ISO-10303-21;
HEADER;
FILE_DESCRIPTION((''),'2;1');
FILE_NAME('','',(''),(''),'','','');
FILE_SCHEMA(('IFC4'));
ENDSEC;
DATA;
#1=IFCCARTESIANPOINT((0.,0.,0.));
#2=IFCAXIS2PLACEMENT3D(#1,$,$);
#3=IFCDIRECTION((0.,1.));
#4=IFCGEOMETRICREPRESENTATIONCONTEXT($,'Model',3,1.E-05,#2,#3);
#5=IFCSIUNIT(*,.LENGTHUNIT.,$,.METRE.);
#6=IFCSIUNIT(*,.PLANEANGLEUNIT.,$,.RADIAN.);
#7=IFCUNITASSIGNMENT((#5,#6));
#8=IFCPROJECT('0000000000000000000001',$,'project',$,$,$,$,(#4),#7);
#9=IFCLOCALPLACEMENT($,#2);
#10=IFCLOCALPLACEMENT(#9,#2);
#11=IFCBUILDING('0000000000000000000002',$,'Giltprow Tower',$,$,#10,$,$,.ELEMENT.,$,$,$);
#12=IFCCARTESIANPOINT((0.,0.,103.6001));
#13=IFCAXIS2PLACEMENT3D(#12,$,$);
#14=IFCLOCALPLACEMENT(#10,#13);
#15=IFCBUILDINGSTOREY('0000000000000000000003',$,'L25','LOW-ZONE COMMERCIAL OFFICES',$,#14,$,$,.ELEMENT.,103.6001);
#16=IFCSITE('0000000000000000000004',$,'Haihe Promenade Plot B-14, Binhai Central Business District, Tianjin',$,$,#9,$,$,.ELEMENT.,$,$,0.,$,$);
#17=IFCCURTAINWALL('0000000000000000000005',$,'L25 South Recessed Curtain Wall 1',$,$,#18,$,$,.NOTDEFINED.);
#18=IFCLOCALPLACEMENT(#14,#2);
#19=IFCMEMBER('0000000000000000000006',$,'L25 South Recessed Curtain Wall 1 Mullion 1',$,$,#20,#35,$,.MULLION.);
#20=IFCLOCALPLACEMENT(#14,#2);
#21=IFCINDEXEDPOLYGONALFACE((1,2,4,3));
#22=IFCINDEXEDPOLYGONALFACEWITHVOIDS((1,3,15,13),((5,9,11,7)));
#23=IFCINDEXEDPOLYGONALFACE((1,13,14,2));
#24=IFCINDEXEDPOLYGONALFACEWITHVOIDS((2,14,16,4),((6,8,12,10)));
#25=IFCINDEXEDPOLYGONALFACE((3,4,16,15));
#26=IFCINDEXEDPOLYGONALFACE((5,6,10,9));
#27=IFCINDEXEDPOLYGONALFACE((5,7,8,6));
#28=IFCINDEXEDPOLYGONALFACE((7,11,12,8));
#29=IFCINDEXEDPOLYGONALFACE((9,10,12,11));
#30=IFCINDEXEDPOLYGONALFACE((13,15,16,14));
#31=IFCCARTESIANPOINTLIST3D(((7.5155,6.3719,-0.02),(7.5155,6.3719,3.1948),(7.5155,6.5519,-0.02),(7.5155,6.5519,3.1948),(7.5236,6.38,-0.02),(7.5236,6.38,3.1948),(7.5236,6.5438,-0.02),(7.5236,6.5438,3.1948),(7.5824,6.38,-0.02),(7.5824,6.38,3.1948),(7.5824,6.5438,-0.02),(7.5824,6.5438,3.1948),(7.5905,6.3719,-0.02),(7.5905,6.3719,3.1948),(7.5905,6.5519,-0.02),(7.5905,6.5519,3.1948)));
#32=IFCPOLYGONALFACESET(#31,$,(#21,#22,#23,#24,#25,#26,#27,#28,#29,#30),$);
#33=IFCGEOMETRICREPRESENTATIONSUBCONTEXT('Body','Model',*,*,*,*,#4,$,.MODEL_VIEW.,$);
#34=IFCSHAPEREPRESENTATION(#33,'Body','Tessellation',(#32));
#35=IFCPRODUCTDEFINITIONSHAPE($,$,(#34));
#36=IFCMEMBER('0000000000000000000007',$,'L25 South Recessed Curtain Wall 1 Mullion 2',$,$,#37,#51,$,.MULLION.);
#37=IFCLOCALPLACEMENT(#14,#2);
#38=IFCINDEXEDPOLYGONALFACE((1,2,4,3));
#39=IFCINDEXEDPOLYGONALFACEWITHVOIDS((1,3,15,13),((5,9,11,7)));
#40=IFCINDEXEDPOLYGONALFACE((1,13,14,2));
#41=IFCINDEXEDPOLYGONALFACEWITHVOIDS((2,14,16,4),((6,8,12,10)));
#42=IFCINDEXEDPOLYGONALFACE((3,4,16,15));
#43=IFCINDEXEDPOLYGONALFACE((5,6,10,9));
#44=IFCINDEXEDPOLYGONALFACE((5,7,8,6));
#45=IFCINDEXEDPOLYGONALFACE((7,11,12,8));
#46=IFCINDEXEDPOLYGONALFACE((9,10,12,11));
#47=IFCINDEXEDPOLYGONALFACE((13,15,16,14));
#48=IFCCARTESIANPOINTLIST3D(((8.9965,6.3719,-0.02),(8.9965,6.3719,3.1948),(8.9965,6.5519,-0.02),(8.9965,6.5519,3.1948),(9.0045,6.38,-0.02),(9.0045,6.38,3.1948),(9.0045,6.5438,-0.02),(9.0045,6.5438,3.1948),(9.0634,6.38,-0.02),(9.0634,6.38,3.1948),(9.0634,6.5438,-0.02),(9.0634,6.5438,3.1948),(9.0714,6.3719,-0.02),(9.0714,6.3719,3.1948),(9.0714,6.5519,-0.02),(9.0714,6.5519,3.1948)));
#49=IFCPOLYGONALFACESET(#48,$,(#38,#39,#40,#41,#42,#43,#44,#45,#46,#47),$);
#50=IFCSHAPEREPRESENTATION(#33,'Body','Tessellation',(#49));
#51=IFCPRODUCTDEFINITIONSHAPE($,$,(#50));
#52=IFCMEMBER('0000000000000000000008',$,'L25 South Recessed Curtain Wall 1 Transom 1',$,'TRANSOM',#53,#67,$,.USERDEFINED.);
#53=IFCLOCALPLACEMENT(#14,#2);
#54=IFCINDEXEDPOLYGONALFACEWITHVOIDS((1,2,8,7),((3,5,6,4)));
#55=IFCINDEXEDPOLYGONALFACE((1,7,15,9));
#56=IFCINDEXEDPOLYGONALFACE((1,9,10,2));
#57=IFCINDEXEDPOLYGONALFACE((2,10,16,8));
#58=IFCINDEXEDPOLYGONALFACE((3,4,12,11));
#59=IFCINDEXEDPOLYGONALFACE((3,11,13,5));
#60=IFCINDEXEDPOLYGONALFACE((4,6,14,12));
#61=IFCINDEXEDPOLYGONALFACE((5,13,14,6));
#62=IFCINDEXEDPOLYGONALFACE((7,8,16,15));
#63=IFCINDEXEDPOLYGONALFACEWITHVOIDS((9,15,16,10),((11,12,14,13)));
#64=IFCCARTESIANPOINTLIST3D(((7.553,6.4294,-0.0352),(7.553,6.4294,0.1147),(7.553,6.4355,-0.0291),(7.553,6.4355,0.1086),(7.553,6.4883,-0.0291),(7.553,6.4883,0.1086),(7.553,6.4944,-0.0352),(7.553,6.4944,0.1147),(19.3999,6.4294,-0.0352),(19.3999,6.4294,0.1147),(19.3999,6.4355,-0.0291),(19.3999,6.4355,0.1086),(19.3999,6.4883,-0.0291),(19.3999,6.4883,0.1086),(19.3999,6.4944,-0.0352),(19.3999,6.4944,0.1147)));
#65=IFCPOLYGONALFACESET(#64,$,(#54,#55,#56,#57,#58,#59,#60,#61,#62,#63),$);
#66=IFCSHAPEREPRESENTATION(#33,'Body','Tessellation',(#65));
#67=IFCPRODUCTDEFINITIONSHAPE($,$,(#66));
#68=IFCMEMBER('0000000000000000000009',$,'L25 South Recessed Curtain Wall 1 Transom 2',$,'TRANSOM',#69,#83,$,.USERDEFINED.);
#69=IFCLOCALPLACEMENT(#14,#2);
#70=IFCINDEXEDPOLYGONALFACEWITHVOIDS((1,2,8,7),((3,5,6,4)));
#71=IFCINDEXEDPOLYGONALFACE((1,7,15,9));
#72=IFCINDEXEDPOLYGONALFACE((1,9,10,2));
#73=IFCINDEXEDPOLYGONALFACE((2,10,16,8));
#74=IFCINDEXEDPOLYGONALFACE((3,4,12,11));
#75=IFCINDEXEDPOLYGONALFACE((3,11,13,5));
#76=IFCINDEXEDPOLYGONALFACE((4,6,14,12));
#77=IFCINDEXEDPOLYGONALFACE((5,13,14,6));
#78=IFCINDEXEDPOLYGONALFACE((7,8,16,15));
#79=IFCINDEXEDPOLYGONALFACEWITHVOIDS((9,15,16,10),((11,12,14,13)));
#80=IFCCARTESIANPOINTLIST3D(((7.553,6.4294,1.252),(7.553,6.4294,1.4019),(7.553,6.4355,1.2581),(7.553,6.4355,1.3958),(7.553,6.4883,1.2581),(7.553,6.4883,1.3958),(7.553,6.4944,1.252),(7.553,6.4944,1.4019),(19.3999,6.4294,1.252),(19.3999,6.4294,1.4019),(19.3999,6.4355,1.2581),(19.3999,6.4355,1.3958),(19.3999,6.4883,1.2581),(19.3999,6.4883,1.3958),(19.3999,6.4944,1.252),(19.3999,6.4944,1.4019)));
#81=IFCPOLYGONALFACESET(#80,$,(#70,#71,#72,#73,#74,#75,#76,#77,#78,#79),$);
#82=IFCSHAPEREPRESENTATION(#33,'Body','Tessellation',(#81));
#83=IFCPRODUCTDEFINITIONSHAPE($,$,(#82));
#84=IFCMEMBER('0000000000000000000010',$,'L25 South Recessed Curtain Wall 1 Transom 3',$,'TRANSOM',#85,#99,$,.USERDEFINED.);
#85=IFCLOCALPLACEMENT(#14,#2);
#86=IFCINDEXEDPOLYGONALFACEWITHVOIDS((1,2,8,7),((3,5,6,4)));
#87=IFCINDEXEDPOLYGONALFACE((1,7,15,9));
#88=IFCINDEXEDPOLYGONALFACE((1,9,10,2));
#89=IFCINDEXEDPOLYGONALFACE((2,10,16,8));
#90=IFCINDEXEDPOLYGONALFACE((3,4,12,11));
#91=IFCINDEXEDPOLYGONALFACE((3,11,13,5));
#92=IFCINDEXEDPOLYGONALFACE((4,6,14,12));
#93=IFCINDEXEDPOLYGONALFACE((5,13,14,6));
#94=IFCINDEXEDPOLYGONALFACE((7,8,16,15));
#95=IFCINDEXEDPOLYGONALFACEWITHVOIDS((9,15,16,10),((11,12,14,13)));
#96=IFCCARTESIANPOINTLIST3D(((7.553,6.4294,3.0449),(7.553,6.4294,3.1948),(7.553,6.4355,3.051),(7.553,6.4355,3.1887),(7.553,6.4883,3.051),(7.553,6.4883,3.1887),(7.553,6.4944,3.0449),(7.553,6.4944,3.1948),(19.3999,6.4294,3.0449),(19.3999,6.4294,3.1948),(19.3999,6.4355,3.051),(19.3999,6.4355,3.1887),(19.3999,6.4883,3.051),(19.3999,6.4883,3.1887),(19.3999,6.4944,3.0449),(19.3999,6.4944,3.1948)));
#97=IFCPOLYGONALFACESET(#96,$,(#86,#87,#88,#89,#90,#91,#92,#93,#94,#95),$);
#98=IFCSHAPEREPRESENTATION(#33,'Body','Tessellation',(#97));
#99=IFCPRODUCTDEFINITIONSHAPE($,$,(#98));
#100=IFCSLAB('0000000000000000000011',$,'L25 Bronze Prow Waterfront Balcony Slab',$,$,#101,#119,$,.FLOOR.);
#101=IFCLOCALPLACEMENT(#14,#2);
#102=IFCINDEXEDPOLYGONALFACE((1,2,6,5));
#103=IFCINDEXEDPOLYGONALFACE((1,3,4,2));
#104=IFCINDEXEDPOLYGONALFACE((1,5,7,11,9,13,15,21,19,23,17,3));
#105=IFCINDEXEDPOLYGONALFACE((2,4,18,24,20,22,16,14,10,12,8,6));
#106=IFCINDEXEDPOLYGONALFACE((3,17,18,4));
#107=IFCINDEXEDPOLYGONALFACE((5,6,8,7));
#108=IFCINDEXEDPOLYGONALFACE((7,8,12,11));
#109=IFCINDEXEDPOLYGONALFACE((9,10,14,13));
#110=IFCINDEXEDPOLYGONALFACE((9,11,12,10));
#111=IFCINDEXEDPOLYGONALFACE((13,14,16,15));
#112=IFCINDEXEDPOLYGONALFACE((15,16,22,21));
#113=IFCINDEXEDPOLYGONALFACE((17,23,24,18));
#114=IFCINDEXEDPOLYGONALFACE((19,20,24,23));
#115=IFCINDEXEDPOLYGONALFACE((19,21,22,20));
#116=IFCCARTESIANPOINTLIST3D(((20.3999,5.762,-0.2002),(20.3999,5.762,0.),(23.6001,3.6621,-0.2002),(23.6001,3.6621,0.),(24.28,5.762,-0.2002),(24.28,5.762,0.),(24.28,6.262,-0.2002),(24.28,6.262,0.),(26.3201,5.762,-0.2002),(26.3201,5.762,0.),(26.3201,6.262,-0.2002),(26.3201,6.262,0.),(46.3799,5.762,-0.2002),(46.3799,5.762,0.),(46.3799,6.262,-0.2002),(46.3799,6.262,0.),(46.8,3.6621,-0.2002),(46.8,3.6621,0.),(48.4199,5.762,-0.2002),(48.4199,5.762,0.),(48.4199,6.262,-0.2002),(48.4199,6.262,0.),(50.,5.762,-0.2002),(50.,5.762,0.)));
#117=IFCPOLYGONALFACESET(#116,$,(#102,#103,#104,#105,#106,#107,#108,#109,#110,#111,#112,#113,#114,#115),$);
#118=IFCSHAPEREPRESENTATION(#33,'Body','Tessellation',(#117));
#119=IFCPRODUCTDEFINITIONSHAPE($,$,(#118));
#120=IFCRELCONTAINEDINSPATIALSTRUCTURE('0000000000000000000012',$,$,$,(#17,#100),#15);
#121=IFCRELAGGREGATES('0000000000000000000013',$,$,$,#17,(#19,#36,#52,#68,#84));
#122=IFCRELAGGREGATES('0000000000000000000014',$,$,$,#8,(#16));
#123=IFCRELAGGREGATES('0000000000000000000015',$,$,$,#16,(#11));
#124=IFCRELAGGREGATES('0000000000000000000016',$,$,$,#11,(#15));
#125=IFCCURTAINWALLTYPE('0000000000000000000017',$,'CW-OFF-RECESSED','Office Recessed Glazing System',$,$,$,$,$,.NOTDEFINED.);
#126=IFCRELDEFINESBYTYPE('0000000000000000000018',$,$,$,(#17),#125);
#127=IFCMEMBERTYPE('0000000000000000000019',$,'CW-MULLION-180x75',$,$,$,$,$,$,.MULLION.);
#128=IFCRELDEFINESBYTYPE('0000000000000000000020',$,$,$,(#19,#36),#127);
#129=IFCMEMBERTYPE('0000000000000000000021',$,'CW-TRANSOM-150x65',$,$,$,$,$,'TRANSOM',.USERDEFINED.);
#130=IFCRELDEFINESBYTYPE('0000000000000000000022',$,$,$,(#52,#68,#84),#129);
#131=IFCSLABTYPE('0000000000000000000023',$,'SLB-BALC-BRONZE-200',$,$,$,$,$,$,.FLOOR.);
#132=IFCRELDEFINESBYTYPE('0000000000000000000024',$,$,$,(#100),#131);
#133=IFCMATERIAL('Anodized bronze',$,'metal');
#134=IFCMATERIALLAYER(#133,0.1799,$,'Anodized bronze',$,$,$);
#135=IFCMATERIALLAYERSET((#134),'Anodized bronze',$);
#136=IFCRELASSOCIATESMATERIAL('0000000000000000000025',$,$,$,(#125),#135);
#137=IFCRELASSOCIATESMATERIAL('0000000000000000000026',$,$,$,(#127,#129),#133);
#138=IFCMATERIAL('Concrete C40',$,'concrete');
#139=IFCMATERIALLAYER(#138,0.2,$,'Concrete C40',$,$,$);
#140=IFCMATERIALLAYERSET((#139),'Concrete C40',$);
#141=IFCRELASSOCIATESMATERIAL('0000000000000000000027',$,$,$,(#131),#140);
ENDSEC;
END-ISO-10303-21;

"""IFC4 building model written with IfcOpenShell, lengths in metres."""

from ifc_helpers import new_model, si_unit, direction, frame, origin, origin_2d, place, context, subcontext, project, spatial, polyline, hollow_rectangle, outline, extrude, source, transform, mapped, material, layer, layer_set, material_profile, profile_set, type_object, element, aggregate, save


model = new_model("IFC4")

# Units and contexts
model_context = context("Model", 3, precision=1e-05, world=origin(), true_north=direction((0.0, 1.0)))
body_context = subcontext(model_context, "Body", "Model", "MODEL_VIEW")
ifc_project = project(units=[si_unit("LENGTHUNIT", "METRE"), si_unit("PLANEANGLEUNIT", "RADIAN")], contexts=[model_context])

# Site, building, storey
site_placement = place(None, origin())
site = spatial("IfcSite", under=ifc_project, at=site_placement, Name="Haihe Promenade Plot B-14, Binhai Central Business District, Tianjin", CompositionType="ELEMENT", RefElevation=0.0)
building_placement = place(site_placement, origin())
building = spatial("IfcBuilding", under=site, at=building_placement, Name="Giltprow Tower", CompositionType="ELEMENT")
storey_placement = place(building_placement, frame((0.0, 0.0, 103.6001)))
storey = spatial("IfcBuildingStorey", under=building, at=storey_placement, Name="L25", Description="LOW-ZONE COMMERCIAL OFFICES", CompositionType="ELEMENT", Elevation=103.6001)

# Curtain wall, members
ifc_material_1 = material(Name="Anodized bronze", Category="metal")
ifc_layer_1 = layer(ifc_material_1, 0.1799, Name="Anodized bronze")
ifc_layer_set_1 = layer_set([ifc_layer_1], Name="Anodized bronze")
curtain_wall_type = type_object("IfcCurtainWallType", Name="CW-OFF-RECESSED", Description="Office Recessed Glazing System", PredefinedType="NOTDEFINED", material=ifc_layer_set_1)
curtain_wall_placement = place(storey_placement, origin())
curtain_wall = element("IfcCurtainWall", 1, at=curtain_wall_placement, inside=storey, type_object=curtain_wall_type, Name="L25 South Recessed Curtain Wall 1", PredefinedType="NOTDEFINED")
ifc_material_profile_1 = material_profile(ifc_material_1, hollow_rectangle(XDim=0.075, YDim=0.1799, WallThickness=0.0081, at=origin_2d()), Name="RHS 180x75x8")
ifc_profile_set_1 = profile_set([ifc_material_profile_1], Name="Anodized bronze")
member_type_1 = type_object("IfcMemberType", Name="CW-MULLION-180x75", PredefinedType="MULLION", material=ifc_profile_set_1)
shared_shape_1 = source(origin(), body_context, "Body", "SweptSolid", [
    extrude(hollow_rectangle(XDim=0.075, YDim=0.1799, WallThickness=0.0081, at=origin_2d()), origin(), (0.0, 0.0, 1.0), 3.2148),
])
member_1_placement = place(storey_placement, frame((7.553, 6.4619, -0.02), z_axis=(0.0, 0.0, 1.0), x_axis=(1.0, 0.0, 0.0)))
member_1 = element("IfcMember", 2, at=member_1_placement, type_object=member_type_1, Name="L25 South Recessed Curtain Wall 1 Mullion 1", PredefinedType="MULLION", context=body_context, shape_type="MappedRepresentation", body=[
    mapped(shared_shape_1, transform((0.0, 0.0, 0.0), x_axis=(1.0, 0.0, 0.0), y_axis=(0.0, 1.0, 0.0), z_axis=(0.0, 0.0, 1.0), scale=1.0)),
])
member_2_placement = place(storey_placement, frame((9.0339, 6.4619, -0.02), z_axis=(0.0, 0.0, 1.0), x_axis=(1.0, 0.0, 0.0)))
member_2 = element("IfcMember", 3, at=member_2_placement, type_object=member_type_1, Name="L25 South Recessed Curtain Wall 1 Mullion 2", PredefinedType="MULLION", context=body_context, shape_type="MappedRepresentation", body=[
    mapped(shared_shape_1, transform((0.0, 0.0, 0.0), x_axis=(1.0, 0.0, 0.0), y_axis=(0.0, 1.0, 0.0), z_axis=(0.0, 0.0, 1.0), scale=1.0)),
])
ifc_material_profile_2 = material_profile(ifc_material_1, hollow_rectangle(XDim=0.0649, YDim=0.1499, WallThickness=0.0061, at=origin_2d()), Name="RHS 150x65x6")
ifc_profile_set_2 = profile_set([ifc_material_profile_2], Name="Anodized bronze")
member_type_2 = type_object("IfcMemberType", Name="CW-TRANSOM-150x65", ElementType="TRANSOM", PredefinedType="USERDEFINED", material=ifc_profile_set_2)
shared_shape_2 = source(origin(), body_context, "Body", "SweptSolid", [
    extrude(hollow_rectangle(XDim=0.0649, YDim=0.1499, WallThickness=0.0061, at=origin_2d()), origin(), (0.0, 0.0, 1.0), 11.8469),
])
member_3_placement = place(storey_placement, frame((7.553, 6.4619, 0.0398), z_axis=(1.0, 0.0, 0.0), x_axis=(0.0, 1.0, 0.0)))
member_3 = element("IfcMember", 4, at=member_3_placement, type_object=member_type_2, Name="L25 South Recessed Curtain Wall 1 Transom 1", ObjectType="TRANSOM", PredefinedType="USERDEFINED", context=body_context, shape_type="MappedRepresentation", body=[
    mapped(shared_shape_2, transform((0.0, 0.0, 0.0), x_axis=(1.0, 0.0, 0.0), y_axis=(0.0, 1.0, 0.0), z_axis=(0.0, 0.0, 1.0), scale=1.0)),
])
member_4_placement = place(storey_placement, frame((7.553, 6.4619, 1.3269), z_axis=(1.0, 0.0, 0.0), x_axis=(0.0, 1.0, 0.0)))
member_4 = element("IfcMember", 5, at=member_4_placement, type_object=member_type_2, Name="L25 South Recessed Curtain Wall 1 Transom 2", ObjectType="TRANSOM", PredefinedType="USERDEFINED", context=body_context, shape_type="MappedRepresentation", body=[
    mapped(shared_shape_2, transform((0.0, 0.0, 0.0), x_axis=(1.0, 0.0, 0.0), y_axis=(0.0, 1.0, 0.0), z_axis=(0.0, 0.0, 1.0), scale=1.0)),
])
member_5_placement = place(storey_placement, frame((7.553, 6.4619, 3.1199), z_axis=(1.0, 0.0, 0.0), x_axis=(0.0, 1.0, 0.0)))
member_5 = element("IfcMember", 6, at=member_5_placement, type_object=member_type_2, Name="L25 South Recessed Curtain Wall 1 Transom 3", ObjectType="TRANSOM", PredefinedType="USERDEFINED", context=body_context, shape_type="MappedRepresentation", body=[
    mapped(shared_shape_2, transform((0.0, 0.0, 0.0), x_axis=(1.0, 0.0, 0.0), y_axis=(0.0, 1.0, 0.0), z_axis=(0.0, 0.0, 1.0), scale=1.0)),
])

# Slab
ifc_material_2 = material(Name="Concrete C40", Category="concrete")
ifc_layer_2 = layer(ifc_material_2, 0.2, Name="Concrete C40")
ifc_layer_set_2 = layer_set([ifc_layer_2], Name="Concrete C40")
slab_type_1 = type_object("IfcSlabType", Name="SLB-BALC-BRONZE-200", PredefinedType="FLOOR", material=ifc_layer_set_2)
slab_1_placement = place(storey_placement, frame((0.0, 0.0, -0.2002)))
element("IfcSlab", 7, at=slab_1_placement, inside=storey, type_object=slab_type_1, Name="L25 Bronze Prow Waterfront Balcony Slab", PredefinedType="FLOOR", context=body_context, shape_type="SweptSolid", body=[
    extrude(outline(polyline([(50.0, 5.762), (46.8, 3.6621), (23.6001, 3.6621), (20.3999, 5.762), (24.28, 5.762), (24.28, 6.262), (26.3201, 6.262), (26.3201, 5.762), (46.3799, 5.762), (46.3799, 6.262), (48.4199, 6.262), (48.4199, 5.762), (50.0, 5.762)])), origin(), (0.0, 0.0, 1.0), 0.2002),
])

aggregate(curtain_wall, [member_1, member_2, member_3, member_4, member_5])

save(model, "model.ifc")
